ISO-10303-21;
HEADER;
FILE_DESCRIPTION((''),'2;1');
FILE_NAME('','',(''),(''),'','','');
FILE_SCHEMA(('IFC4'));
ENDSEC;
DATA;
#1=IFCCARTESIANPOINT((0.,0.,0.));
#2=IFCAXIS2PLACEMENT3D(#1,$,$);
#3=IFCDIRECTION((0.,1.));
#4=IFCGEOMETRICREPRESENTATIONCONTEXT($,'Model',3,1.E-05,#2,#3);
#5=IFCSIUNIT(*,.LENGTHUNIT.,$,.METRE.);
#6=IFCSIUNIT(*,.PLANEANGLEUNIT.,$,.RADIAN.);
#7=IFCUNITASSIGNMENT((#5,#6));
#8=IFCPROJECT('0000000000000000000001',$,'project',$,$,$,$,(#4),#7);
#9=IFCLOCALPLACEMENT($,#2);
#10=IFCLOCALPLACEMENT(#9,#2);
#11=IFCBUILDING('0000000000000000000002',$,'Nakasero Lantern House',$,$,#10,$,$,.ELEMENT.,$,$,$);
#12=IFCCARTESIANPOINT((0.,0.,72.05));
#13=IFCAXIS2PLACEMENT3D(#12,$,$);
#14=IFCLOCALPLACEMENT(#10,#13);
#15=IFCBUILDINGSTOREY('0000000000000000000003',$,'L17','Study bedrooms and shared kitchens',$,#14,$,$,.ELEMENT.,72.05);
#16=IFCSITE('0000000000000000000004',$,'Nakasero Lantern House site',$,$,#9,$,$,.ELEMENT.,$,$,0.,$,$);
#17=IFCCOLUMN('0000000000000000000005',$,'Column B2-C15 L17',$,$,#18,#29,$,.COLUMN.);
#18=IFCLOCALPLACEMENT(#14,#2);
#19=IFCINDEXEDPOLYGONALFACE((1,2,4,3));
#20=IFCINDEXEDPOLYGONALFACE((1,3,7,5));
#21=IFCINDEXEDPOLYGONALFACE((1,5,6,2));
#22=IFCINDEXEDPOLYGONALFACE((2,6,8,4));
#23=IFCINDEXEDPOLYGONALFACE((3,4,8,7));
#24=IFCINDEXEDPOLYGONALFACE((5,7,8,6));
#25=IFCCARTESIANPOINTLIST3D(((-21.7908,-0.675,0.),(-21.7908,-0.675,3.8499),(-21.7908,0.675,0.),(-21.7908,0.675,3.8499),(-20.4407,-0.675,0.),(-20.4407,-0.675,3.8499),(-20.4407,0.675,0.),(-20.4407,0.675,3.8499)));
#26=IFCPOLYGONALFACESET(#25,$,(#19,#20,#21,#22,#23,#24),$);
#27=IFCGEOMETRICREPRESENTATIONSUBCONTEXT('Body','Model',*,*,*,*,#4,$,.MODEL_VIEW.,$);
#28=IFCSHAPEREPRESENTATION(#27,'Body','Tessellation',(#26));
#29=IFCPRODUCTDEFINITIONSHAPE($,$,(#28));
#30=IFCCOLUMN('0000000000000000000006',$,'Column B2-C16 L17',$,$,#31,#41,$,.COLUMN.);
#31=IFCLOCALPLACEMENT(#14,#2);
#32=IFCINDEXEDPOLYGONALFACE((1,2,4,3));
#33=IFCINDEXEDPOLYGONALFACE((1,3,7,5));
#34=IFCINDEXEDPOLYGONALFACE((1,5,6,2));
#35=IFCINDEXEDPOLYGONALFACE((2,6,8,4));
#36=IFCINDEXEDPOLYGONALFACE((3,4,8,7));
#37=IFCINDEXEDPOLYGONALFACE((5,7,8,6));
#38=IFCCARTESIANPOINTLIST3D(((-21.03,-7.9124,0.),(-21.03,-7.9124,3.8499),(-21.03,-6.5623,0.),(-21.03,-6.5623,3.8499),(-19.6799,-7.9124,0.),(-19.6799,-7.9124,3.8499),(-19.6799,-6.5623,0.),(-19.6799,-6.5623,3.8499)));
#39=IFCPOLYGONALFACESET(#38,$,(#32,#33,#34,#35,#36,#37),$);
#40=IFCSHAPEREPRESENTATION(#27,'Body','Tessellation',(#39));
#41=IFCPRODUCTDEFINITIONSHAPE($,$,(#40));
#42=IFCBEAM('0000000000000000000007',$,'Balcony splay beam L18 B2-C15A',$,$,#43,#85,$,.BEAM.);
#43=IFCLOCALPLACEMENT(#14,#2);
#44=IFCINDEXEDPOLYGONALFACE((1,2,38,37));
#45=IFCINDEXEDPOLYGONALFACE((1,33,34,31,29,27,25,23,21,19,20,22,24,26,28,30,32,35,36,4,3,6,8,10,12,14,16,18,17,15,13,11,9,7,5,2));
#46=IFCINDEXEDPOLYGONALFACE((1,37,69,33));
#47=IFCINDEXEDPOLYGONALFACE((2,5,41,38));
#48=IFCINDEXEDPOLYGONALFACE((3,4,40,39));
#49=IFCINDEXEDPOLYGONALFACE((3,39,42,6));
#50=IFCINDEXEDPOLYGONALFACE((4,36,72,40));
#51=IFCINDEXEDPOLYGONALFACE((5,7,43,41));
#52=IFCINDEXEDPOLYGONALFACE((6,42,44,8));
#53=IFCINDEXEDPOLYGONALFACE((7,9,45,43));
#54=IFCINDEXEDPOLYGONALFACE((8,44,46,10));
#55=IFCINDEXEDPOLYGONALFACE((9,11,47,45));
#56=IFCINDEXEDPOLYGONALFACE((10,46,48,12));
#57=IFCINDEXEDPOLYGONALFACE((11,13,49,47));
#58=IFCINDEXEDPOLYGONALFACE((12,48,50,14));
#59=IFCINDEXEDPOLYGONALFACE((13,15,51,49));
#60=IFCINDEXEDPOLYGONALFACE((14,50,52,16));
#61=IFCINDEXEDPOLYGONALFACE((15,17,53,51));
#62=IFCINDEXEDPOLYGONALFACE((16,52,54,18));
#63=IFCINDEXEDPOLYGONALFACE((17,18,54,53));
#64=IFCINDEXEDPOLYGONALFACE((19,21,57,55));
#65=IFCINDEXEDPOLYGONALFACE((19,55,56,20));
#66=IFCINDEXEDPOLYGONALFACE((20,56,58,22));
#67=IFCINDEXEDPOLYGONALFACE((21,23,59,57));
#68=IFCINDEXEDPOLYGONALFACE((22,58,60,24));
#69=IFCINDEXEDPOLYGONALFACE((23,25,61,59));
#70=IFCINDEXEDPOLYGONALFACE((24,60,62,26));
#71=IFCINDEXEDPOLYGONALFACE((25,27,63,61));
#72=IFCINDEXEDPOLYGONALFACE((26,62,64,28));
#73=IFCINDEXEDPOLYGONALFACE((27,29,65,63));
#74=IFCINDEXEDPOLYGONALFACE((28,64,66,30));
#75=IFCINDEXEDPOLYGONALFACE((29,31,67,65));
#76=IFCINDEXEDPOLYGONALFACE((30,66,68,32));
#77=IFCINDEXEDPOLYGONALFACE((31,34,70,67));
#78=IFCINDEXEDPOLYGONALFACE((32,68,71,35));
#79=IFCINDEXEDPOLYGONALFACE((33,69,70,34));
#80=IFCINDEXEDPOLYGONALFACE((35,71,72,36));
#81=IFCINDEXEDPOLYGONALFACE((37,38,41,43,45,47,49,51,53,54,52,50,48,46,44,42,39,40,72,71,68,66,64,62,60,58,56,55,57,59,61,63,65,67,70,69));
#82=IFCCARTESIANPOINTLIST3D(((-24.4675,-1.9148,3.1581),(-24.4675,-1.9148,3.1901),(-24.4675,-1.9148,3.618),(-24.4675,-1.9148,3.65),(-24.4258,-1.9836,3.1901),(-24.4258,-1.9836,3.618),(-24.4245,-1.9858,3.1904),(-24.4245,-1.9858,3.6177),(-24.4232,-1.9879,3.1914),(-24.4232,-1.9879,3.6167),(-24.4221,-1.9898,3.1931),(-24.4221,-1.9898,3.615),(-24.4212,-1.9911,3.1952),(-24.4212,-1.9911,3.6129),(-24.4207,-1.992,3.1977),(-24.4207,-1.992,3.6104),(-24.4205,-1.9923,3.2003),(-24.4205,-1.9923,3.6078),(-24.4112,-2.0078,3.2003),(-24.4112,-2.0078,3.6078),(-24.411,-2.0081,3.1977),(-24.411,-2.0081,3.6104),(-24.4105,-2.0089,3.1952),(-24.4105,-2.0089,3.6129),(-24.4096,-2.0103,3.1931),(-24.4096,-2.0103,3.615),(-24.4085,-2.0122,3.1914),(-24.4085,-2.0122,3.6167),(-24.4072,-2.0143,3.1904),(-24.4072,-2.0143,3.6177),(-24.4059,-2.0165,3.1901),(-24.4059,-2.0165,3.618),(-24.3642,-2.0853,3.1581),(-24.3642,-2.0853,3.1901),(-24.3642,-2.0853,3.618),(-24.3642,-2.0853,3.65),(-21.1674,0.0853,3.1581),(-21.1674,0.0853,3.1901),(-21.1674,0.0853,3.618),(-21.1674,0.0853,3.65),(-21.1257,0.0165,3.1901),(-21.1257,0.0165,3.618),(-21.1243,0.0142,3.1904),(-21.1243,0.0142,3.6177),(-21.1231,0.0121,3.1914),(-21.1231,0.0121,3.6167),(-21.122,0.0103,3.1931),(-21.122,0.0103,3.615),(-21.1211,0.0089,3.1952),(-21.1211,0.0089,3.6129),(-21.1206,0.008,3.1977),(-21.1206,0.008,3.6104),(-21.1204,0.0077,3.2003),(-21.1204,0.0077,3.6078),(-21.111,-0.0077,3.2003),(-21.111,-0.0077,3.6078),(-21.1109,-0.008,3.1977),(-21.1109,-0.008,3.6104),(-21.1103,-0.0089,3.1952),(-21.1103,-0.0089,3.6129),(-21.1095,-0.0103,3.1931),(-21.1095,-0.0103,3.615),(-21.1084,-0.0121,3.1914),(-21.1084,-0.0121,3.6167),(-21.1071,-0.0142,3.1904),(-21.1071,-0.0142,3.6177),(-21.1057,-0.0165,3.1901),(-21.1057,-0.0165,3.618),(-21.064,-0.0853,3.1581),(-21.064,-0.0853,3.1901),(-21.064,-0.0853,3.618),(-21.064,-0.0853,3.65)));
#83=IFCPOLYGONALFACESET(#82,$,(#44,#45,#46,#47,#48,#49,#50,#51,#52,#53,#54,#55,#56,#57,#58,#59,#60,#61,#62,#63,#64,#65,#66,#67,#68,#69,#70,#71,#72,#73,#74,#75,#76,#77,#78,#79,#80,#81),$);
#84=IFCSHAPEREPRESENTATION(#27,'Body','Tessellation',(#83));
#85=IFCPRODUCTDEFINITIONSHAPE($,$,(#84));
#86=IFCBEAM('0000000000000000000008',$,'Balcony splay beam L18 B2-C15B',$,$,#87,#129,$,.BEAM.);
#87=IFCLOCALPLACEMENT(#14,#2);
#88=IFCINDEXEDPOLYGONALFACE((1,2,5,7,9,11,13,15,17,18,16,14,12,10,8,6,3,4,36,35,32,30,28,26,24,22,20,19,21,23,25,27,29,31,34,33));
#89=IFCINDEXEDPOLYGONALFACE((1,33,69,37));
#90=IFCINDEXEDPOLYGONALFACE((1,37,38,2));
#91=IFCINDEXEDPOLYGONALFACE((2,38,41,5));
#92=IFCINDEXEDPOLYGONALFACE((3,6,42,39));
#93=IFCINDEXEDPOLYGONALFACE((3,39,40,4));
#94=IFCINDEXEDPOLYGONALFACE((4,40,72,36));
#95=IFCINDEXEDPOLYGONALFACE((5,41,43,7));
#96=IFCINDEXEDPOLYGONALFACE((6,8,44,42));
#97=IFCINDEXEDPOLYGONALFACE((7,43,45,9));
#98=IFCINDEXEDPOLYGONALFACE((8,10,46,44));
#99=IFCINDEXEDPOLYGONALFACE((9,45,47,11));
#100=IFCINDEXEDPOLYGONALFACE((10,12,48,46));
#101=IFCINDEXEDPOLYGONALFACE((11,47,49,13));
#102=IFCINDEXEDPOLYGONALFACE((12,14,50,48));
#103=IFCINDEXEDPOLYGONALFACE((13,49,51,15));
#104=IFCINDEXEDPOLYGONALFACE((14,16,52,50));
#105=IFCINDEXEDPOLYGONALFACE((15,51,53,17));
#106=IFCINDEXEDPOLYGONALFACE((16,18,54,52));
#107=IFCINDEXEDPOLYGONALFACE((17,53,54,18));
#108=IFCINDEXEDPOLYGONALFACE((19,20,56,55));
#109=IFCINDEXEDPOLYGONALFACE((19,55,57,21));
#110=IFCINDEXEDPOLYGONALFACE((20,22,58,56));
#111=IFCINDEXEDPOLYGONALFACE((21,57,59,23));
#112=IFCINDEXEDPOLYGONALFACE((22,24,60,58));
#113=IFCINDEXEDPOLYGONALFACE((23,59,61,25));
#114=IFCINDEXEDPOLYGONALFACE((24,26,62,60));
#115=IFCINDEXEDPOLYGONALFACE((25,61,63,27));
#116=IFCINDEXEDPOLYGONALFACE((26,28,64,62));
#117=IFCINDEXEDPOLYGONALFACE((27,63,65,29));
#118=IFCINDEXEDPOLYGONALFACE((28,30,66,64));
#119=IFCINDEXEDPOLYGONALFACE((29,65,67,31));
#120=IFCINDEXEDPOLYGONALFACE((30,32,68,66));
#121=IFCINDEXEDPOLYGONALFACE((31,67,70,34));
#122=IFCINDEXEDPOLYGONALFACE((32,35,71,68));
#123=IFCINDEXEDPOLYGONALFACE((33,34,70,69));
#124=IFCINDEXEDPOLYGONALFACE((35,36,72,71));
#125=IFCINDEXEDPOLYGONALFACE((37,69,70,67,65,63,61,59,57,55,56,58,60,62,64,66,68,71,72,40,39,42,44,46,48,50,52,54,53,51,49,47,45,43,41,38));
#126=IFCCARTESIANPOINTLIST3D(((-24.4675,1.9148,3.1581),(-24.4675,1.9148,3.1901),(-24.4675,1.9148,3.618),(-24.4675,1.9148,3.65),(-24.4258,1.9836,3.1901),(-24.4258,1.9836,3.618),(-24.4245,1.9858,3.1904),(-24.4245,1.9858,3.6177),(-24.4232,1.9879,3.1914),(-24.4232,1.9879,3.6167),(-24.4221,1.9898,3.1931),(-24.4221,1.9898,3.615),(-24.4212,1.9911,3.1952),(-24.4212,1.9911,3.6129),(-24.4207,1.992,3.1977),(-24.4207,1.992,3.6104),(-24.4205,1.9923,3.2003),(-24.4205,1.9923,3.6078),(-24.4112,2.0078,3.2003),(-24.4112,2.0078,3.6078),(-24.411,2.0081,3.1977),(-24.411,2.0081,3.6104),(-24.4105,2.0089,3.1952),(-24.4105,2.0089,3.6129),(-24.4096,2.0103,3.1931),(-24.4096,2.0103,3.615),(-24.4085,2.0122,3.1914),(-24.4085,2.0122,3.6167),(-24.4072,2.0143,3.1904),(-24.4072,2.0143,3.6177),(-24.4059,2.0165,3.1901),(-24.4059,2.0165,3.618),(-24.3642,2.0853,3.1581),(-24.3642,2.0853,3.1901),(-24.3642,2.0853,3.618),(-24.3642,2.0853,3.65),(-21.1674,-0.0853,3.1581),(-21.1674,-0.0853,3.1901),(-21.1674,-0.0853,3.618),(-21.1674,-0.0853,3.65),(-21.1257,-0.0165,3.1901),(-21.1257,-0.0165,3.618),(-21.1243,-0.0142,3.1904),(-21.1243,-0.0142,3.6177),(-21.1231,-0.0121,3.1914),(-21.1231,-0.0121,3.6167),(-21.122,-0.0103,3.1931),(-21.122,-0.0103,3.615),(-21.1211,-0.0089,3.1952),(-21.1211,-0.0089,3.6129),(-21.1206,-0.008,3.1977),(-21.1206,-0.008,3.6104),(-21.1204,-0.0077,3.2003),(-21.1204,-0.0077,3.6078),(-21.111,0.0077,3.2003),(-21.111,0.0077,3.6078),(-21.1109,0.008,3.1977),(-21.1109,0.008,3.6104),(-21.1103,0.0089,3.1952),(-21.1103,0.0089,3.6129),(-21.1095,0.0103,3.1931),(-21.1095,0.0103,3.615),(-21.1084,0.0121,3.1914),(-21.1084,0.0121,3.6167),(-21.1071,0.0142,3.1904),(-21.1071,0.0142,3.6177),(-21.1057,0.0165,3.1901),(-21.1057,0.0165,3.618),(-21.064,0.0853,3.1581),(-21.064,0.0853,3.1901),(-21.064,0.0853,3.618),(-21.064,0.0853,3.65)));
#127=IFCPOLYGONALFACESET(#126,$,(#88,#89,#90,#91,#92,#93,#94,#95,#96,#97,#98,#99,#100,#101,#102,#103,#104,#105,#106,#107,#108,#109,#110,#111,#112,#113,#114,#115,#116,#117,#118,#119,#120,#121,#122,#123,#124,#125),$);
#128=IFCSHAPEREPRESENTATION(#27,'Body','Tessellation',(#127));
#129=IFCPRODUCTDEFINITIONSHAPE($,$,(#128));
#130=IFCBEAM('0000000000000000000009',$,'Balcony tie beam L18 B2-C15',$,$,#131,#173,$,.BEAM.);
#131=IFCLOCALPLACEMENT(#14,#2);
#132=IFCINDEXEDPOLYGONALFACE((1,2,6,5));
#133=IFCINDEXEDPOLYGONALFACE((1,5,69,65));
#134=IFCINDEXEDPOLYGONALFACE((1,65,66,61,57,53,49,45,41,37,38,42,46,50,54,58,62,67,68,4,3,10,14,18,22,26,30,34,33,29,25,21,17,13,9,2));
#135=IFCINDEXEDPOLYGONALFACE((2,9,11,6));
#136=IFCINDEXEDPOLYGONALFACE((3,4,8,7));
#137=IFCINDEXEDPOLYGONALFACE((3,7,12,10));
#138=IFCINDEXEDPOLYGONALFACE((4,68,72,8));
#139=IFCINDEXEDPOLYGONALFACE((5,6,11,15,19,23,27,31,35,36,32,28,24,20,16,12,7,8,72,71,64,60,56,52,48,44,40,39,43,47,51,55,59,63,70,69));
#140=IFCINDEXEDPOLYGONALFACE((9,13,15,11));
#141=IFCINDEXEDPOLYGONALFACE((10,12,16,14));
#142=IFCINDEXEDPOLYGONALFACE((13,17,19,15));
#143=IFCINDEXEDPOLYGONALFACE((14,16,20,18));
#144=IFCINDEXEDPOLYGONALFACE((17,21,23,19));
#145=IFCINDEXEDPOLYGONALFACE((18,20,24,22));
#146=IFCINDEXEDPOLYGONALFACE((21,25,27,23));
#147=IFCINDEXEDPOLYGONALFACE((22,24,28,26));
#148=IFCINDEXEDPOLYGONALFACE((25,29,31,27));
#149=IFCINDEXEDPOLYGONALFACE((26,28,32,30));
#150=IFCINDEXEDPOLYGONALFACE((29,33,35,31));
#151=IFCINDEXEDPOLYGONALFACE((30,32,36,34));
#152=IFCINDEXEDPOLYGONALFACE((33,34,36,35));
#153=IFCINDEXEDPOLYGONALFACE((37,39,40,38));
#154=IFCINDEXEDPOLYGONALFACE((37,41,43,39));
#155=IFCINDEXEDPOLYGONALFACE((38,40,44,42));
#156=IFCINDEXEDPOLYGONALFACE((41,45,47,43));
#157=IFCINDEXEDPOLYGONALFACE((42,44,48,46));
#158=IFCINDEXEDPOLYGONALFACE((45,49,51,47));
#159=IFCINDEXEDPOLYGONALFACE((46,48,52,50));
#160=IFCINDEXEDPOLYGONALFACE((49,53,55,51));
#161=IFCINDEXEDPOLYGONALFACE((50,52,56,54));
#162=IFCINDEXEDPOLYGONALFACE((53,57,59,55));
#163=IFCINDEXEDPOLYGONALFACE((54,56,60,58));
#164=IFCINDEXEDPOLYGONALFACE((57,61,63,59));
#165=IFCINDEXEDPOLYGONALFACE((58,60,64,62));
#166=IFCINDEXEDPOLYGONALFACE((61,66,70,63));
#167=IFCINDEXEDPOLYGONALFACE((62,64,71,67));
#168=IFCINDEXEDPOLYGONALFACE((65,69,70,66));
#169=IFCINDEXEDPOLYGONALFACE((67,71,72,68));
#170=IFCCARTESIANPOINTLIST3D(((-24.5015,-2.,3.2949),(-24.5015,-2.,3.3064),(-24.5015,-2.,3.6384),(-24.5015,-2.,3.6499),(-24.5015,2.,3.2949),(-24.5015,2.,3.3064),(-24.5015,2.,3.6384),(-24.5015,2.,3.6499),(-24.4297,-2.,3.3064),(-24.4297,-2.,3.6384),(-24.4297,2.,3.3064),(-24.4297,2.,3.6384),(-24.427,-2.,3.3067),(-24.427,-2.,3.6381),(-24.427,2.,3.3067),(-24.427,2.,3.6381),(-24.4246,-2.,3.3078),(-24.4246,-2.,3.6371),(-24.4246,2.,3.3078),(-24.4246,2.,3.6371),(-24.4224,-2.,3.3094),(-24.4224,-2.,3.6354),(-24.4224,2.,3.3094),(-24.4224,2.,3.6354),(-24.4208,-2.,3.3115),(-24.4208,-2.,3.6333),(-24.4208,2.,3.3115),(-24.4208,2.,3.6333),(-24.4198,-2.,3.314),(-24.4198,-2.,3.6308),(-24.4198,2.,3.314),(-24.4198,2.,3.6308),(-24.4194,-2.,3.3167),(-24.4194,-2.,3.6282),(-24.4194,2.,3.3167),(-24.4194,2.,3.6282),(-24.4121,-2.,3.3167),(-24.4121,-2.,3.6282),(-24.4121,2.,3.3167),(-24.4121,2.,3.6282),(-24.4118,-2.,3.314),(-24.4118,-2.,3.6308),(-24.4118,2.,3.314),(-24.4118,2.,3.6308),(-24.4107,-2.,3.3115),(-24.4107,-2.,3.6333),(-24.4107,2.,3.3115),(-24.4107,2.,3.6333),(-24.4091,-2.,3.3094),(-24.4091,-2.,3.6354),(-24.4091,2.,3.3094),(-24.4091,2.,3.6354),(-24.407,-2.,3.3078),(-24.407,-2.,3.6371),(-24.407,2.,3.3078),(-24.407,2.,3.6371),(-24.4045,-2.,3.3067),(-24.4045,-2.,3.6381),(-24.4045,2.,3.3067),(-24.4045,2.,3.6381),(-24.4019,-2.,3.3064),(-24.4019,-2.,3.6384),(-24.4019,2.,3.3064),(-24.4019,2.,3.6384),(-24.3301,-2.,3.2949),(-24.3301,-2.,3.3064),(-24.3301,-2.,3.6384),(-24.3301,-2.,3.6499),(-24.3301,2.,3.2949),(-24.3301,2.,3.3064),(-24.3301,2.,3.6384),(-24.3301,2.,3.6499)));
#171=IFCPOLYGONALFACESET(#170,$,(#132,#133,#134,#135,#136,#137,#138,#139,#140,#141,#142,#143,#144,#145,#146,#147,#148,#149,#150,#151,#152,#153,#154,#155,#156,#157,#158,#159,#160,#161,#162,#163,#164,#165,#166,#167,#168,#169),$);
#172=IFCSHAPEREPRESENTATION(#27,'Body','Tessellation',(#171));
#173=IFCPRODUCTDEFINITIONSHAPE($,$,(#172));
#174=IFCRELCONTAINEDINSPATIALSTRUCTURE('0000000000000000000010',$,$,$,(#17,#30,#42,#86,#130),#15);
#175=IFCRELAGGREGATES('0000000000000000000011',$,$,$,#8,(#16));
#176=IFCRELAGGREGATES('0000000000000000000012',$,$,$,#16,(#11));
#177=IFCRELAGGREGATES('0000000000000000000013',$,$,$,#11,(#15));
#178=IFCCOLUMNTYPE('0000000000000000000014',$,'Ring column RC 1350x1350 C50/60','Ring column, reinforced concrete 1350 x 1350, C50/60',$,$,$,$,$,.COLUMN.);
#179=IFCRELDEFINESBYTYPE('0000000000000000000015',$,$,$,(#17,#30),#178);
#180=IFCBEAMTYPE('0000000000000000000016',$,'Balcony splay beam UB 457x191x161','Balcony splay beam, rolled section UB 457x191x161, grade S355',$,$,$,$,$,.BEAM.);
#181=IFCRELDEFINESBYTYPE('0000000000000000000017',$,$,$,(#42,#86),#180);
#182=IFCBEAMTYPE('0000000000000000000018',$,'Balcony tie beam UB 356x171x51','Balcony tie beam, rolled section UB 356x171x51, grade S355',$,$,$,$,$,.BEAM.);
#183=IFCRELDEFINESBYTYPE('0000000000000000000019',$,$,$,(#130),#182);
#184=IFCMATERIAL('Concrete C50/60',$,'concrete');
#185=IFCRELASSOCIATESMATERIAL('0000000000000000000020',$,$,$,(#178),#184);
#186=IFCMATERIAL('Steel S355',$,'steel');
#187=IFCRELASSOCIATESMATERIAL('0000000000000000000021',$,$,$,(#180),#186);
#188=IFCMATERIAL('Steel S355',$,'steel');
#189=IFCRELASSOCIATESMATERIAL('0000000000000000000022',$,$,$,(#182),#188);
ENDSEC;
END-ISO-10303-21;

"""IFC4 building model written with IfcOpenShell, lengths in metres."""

from ifc_helpers import new_model, si_unit, direction, frame, origin, origin_2d, place, context, subcontext, project, spatial, rectangle, i_section, extrude, material, material_profile, profile_set, type_object, element, save


model = new_model("IFC4")

# Units and contexts
model_context = context("Model", 3, precision=1e-05, world=origin(), true_north=direction((0.0, 1.0)))
body_context = subcontext(model_context, "Body", "Model", "MODEL_VIEW")
ifc_project = project(units=[si_unit("LENGTHUNIT", "METRE"), si_unit("PLANEANGLEUNIT", "RADIAN")], contexts=[model_context])

# Site, building, storey
site_placement = place(None, origin())
site = spatial("IfcSite", under=ifc_project, at=site_placement, Name="Nakasero Lantern House site", CompositionType="ELEMENT", RefElevation=0.0)
building_placement = place(site_placement, origin())
building = spatial("IfcBuilding", under=site, at=building_placement, Name="Nakasero Lantern House", CompositionType="ELEMENT")
storey_placement = place(building_placement, frame((0.0, 0.0, 72.05)))
storey = spatial("IfcBuildingStorey", under=building, at=storey_placement, Name="L17", Description="Study bedrooms and shared kitchens", CompositionType="ELEMENT", Elevation=72.05)

# Columns
ifc_material_1 = material(Name="Concrete C50/60", Category="concrete")
ifc_material_profile_1 = material_profile(ifc_material_1, rectangle(XDim=1.3501, YDim=1.3501, at=origin_2d()), Name="RC 1350x1350")
ifc_profile_set_1 = profile_set([ifc_material_profile_1], Name="Concrete C50/60")
column_type = type_object("IfcColumnType", Name="Ring column RC 1350x1350 C50/60", Description="Ring column, reinforced concrete 1350 x 1350, C50/60", PredefinedType="COLUMN", material=ifc_profile_set_1)
for number, where, z_axis, x_axis, name in (
    (1, (-21.1157, 0.0, 0.0), (0.0, 0.0, 1.0), (1.0, 0.0, 0.0), "Column B2-C15 L17"),
    (2, (-20.355, -7.2373, 0.0), (0.0, 0.0, 1.0), (1.0, 0.0, 0.0), "Column B2-C16 L17"),
):
    element("IfcColumn", number, at=place(storey_placement, frame(where, z_axis=z_axis, x_axis=x_axis)), inside=storey, type_object=column_type, Name=name, PredefinedType="COLUMN", context=body_context, shape_type="SweptSolid", body=[
        extrude(rectangle(XDim=1.3501, YDim=1.3501, at=origin_2d()), origin(), (0.0, 0.0, 1.0), 3.8499),
    ])

# Beams
ifc_material_2 = material(Name="Steel S355", Category="steel")
ifc_material_profile_2 = material_profile(ifc_material_2, i_section(OverallWidth=0.1995, OverallDepth=0.4919, WebThickness=0.0181, FlangeThickness=0.032, FilletRadius=0.0103, at=origin_2d()), Name="UB 457x191x161")
ifc_profile_set_2 = profile_set([ifc_material_profile_2], Name="Steel S355")
beam_type_1 = type_object("IfcBeamType", Name="Balcony splay beam UB 457x191x161", Description="Balcony splay beam, rolled section UB 457x191x161, grade S355", PredefinedType="BEAM", material=ifc_profile_set_2)
for number, where, z_axis, x_axis, name in (
    (3, (-21.1157, 0.0, 3.4041), (-0.855201, -0.518296, 0.0), (0.518296, -0.855201, 0.0), "Balcony splay beam L18 B2-C15A"),
    (4, (-21.1157, 0.0, 3.4041), (-0.855201, 0.518296, 0.0), (-0.518296, -0.855201, 0.0), "Balcony splay beam L18 B2-C15B"),
):
    element("IfcBeam", number, at=place(storey_placement, frame(where, z_axis=z_axis, x_axis=x_axis)), inside=storey, type_object=beam_type_1, Name=name, PredefinedType="BEAM", context=body_context, shape_type="SweptSolid", body=[
        extrude(i_section(OverallWidth=0.1995, OverallDepth=0.4919, WebThickness=0.0181, FlangeThickness=0.032, FilletRadius=0.0103, at=origin_2d()), origin(), (0.0, 0.0, 1.0), 3.8589),
    ])
ifc_material_3 = material(Name="Steel S355", Category="steel")
ifc_material_profile_3 = material_profile(ifc_material_3, i_section(OverallWidth=0.1714, OverallDepth=0.355, WebThickness=0.0073, FlangeThickness=0.0115, FilletRadius=0.0103, at=origin_2d()), Name="UB 356x171x51")
ifc_profile_set_3 = profile_set([ifc_material_profile_3], Name="Steel S355")
beam_type_2 = type_object("IfcBeamType", Name="Balcony tie beam UB 356x171x51", Description="Balcony tie beam, rolled section UB 356x171x51, grade S355", PredefinedType="BEAM", material=ifc_profile_set_3)
beam_1_placement = place(storey_placement, frame((-24.4158, -2.0, 3.4724), z_axis=(0.0, 1.0, 0.0), x_axis=(-1.0, 0.0, 0.0)))
element("IfcBeam", 5, at=beam_1_placement, inside=storey, type_object=beam_type_2, Name="Balcony tie beam L18 B2-C15", PredefinedType="BEAM", context=body_context, shape_type="SweptSolid", body=[
    extrude(i_section(OverallWidth=0.1714, OverallDepth=0.355, WebThickness=0.0073, FlangeThickness=0.0115, FilletRadius=0.0103, at=origin_2d()), origin(), (0.0, 0.0, 1.0), 4.0),
])

save(model, "model.ifc")
